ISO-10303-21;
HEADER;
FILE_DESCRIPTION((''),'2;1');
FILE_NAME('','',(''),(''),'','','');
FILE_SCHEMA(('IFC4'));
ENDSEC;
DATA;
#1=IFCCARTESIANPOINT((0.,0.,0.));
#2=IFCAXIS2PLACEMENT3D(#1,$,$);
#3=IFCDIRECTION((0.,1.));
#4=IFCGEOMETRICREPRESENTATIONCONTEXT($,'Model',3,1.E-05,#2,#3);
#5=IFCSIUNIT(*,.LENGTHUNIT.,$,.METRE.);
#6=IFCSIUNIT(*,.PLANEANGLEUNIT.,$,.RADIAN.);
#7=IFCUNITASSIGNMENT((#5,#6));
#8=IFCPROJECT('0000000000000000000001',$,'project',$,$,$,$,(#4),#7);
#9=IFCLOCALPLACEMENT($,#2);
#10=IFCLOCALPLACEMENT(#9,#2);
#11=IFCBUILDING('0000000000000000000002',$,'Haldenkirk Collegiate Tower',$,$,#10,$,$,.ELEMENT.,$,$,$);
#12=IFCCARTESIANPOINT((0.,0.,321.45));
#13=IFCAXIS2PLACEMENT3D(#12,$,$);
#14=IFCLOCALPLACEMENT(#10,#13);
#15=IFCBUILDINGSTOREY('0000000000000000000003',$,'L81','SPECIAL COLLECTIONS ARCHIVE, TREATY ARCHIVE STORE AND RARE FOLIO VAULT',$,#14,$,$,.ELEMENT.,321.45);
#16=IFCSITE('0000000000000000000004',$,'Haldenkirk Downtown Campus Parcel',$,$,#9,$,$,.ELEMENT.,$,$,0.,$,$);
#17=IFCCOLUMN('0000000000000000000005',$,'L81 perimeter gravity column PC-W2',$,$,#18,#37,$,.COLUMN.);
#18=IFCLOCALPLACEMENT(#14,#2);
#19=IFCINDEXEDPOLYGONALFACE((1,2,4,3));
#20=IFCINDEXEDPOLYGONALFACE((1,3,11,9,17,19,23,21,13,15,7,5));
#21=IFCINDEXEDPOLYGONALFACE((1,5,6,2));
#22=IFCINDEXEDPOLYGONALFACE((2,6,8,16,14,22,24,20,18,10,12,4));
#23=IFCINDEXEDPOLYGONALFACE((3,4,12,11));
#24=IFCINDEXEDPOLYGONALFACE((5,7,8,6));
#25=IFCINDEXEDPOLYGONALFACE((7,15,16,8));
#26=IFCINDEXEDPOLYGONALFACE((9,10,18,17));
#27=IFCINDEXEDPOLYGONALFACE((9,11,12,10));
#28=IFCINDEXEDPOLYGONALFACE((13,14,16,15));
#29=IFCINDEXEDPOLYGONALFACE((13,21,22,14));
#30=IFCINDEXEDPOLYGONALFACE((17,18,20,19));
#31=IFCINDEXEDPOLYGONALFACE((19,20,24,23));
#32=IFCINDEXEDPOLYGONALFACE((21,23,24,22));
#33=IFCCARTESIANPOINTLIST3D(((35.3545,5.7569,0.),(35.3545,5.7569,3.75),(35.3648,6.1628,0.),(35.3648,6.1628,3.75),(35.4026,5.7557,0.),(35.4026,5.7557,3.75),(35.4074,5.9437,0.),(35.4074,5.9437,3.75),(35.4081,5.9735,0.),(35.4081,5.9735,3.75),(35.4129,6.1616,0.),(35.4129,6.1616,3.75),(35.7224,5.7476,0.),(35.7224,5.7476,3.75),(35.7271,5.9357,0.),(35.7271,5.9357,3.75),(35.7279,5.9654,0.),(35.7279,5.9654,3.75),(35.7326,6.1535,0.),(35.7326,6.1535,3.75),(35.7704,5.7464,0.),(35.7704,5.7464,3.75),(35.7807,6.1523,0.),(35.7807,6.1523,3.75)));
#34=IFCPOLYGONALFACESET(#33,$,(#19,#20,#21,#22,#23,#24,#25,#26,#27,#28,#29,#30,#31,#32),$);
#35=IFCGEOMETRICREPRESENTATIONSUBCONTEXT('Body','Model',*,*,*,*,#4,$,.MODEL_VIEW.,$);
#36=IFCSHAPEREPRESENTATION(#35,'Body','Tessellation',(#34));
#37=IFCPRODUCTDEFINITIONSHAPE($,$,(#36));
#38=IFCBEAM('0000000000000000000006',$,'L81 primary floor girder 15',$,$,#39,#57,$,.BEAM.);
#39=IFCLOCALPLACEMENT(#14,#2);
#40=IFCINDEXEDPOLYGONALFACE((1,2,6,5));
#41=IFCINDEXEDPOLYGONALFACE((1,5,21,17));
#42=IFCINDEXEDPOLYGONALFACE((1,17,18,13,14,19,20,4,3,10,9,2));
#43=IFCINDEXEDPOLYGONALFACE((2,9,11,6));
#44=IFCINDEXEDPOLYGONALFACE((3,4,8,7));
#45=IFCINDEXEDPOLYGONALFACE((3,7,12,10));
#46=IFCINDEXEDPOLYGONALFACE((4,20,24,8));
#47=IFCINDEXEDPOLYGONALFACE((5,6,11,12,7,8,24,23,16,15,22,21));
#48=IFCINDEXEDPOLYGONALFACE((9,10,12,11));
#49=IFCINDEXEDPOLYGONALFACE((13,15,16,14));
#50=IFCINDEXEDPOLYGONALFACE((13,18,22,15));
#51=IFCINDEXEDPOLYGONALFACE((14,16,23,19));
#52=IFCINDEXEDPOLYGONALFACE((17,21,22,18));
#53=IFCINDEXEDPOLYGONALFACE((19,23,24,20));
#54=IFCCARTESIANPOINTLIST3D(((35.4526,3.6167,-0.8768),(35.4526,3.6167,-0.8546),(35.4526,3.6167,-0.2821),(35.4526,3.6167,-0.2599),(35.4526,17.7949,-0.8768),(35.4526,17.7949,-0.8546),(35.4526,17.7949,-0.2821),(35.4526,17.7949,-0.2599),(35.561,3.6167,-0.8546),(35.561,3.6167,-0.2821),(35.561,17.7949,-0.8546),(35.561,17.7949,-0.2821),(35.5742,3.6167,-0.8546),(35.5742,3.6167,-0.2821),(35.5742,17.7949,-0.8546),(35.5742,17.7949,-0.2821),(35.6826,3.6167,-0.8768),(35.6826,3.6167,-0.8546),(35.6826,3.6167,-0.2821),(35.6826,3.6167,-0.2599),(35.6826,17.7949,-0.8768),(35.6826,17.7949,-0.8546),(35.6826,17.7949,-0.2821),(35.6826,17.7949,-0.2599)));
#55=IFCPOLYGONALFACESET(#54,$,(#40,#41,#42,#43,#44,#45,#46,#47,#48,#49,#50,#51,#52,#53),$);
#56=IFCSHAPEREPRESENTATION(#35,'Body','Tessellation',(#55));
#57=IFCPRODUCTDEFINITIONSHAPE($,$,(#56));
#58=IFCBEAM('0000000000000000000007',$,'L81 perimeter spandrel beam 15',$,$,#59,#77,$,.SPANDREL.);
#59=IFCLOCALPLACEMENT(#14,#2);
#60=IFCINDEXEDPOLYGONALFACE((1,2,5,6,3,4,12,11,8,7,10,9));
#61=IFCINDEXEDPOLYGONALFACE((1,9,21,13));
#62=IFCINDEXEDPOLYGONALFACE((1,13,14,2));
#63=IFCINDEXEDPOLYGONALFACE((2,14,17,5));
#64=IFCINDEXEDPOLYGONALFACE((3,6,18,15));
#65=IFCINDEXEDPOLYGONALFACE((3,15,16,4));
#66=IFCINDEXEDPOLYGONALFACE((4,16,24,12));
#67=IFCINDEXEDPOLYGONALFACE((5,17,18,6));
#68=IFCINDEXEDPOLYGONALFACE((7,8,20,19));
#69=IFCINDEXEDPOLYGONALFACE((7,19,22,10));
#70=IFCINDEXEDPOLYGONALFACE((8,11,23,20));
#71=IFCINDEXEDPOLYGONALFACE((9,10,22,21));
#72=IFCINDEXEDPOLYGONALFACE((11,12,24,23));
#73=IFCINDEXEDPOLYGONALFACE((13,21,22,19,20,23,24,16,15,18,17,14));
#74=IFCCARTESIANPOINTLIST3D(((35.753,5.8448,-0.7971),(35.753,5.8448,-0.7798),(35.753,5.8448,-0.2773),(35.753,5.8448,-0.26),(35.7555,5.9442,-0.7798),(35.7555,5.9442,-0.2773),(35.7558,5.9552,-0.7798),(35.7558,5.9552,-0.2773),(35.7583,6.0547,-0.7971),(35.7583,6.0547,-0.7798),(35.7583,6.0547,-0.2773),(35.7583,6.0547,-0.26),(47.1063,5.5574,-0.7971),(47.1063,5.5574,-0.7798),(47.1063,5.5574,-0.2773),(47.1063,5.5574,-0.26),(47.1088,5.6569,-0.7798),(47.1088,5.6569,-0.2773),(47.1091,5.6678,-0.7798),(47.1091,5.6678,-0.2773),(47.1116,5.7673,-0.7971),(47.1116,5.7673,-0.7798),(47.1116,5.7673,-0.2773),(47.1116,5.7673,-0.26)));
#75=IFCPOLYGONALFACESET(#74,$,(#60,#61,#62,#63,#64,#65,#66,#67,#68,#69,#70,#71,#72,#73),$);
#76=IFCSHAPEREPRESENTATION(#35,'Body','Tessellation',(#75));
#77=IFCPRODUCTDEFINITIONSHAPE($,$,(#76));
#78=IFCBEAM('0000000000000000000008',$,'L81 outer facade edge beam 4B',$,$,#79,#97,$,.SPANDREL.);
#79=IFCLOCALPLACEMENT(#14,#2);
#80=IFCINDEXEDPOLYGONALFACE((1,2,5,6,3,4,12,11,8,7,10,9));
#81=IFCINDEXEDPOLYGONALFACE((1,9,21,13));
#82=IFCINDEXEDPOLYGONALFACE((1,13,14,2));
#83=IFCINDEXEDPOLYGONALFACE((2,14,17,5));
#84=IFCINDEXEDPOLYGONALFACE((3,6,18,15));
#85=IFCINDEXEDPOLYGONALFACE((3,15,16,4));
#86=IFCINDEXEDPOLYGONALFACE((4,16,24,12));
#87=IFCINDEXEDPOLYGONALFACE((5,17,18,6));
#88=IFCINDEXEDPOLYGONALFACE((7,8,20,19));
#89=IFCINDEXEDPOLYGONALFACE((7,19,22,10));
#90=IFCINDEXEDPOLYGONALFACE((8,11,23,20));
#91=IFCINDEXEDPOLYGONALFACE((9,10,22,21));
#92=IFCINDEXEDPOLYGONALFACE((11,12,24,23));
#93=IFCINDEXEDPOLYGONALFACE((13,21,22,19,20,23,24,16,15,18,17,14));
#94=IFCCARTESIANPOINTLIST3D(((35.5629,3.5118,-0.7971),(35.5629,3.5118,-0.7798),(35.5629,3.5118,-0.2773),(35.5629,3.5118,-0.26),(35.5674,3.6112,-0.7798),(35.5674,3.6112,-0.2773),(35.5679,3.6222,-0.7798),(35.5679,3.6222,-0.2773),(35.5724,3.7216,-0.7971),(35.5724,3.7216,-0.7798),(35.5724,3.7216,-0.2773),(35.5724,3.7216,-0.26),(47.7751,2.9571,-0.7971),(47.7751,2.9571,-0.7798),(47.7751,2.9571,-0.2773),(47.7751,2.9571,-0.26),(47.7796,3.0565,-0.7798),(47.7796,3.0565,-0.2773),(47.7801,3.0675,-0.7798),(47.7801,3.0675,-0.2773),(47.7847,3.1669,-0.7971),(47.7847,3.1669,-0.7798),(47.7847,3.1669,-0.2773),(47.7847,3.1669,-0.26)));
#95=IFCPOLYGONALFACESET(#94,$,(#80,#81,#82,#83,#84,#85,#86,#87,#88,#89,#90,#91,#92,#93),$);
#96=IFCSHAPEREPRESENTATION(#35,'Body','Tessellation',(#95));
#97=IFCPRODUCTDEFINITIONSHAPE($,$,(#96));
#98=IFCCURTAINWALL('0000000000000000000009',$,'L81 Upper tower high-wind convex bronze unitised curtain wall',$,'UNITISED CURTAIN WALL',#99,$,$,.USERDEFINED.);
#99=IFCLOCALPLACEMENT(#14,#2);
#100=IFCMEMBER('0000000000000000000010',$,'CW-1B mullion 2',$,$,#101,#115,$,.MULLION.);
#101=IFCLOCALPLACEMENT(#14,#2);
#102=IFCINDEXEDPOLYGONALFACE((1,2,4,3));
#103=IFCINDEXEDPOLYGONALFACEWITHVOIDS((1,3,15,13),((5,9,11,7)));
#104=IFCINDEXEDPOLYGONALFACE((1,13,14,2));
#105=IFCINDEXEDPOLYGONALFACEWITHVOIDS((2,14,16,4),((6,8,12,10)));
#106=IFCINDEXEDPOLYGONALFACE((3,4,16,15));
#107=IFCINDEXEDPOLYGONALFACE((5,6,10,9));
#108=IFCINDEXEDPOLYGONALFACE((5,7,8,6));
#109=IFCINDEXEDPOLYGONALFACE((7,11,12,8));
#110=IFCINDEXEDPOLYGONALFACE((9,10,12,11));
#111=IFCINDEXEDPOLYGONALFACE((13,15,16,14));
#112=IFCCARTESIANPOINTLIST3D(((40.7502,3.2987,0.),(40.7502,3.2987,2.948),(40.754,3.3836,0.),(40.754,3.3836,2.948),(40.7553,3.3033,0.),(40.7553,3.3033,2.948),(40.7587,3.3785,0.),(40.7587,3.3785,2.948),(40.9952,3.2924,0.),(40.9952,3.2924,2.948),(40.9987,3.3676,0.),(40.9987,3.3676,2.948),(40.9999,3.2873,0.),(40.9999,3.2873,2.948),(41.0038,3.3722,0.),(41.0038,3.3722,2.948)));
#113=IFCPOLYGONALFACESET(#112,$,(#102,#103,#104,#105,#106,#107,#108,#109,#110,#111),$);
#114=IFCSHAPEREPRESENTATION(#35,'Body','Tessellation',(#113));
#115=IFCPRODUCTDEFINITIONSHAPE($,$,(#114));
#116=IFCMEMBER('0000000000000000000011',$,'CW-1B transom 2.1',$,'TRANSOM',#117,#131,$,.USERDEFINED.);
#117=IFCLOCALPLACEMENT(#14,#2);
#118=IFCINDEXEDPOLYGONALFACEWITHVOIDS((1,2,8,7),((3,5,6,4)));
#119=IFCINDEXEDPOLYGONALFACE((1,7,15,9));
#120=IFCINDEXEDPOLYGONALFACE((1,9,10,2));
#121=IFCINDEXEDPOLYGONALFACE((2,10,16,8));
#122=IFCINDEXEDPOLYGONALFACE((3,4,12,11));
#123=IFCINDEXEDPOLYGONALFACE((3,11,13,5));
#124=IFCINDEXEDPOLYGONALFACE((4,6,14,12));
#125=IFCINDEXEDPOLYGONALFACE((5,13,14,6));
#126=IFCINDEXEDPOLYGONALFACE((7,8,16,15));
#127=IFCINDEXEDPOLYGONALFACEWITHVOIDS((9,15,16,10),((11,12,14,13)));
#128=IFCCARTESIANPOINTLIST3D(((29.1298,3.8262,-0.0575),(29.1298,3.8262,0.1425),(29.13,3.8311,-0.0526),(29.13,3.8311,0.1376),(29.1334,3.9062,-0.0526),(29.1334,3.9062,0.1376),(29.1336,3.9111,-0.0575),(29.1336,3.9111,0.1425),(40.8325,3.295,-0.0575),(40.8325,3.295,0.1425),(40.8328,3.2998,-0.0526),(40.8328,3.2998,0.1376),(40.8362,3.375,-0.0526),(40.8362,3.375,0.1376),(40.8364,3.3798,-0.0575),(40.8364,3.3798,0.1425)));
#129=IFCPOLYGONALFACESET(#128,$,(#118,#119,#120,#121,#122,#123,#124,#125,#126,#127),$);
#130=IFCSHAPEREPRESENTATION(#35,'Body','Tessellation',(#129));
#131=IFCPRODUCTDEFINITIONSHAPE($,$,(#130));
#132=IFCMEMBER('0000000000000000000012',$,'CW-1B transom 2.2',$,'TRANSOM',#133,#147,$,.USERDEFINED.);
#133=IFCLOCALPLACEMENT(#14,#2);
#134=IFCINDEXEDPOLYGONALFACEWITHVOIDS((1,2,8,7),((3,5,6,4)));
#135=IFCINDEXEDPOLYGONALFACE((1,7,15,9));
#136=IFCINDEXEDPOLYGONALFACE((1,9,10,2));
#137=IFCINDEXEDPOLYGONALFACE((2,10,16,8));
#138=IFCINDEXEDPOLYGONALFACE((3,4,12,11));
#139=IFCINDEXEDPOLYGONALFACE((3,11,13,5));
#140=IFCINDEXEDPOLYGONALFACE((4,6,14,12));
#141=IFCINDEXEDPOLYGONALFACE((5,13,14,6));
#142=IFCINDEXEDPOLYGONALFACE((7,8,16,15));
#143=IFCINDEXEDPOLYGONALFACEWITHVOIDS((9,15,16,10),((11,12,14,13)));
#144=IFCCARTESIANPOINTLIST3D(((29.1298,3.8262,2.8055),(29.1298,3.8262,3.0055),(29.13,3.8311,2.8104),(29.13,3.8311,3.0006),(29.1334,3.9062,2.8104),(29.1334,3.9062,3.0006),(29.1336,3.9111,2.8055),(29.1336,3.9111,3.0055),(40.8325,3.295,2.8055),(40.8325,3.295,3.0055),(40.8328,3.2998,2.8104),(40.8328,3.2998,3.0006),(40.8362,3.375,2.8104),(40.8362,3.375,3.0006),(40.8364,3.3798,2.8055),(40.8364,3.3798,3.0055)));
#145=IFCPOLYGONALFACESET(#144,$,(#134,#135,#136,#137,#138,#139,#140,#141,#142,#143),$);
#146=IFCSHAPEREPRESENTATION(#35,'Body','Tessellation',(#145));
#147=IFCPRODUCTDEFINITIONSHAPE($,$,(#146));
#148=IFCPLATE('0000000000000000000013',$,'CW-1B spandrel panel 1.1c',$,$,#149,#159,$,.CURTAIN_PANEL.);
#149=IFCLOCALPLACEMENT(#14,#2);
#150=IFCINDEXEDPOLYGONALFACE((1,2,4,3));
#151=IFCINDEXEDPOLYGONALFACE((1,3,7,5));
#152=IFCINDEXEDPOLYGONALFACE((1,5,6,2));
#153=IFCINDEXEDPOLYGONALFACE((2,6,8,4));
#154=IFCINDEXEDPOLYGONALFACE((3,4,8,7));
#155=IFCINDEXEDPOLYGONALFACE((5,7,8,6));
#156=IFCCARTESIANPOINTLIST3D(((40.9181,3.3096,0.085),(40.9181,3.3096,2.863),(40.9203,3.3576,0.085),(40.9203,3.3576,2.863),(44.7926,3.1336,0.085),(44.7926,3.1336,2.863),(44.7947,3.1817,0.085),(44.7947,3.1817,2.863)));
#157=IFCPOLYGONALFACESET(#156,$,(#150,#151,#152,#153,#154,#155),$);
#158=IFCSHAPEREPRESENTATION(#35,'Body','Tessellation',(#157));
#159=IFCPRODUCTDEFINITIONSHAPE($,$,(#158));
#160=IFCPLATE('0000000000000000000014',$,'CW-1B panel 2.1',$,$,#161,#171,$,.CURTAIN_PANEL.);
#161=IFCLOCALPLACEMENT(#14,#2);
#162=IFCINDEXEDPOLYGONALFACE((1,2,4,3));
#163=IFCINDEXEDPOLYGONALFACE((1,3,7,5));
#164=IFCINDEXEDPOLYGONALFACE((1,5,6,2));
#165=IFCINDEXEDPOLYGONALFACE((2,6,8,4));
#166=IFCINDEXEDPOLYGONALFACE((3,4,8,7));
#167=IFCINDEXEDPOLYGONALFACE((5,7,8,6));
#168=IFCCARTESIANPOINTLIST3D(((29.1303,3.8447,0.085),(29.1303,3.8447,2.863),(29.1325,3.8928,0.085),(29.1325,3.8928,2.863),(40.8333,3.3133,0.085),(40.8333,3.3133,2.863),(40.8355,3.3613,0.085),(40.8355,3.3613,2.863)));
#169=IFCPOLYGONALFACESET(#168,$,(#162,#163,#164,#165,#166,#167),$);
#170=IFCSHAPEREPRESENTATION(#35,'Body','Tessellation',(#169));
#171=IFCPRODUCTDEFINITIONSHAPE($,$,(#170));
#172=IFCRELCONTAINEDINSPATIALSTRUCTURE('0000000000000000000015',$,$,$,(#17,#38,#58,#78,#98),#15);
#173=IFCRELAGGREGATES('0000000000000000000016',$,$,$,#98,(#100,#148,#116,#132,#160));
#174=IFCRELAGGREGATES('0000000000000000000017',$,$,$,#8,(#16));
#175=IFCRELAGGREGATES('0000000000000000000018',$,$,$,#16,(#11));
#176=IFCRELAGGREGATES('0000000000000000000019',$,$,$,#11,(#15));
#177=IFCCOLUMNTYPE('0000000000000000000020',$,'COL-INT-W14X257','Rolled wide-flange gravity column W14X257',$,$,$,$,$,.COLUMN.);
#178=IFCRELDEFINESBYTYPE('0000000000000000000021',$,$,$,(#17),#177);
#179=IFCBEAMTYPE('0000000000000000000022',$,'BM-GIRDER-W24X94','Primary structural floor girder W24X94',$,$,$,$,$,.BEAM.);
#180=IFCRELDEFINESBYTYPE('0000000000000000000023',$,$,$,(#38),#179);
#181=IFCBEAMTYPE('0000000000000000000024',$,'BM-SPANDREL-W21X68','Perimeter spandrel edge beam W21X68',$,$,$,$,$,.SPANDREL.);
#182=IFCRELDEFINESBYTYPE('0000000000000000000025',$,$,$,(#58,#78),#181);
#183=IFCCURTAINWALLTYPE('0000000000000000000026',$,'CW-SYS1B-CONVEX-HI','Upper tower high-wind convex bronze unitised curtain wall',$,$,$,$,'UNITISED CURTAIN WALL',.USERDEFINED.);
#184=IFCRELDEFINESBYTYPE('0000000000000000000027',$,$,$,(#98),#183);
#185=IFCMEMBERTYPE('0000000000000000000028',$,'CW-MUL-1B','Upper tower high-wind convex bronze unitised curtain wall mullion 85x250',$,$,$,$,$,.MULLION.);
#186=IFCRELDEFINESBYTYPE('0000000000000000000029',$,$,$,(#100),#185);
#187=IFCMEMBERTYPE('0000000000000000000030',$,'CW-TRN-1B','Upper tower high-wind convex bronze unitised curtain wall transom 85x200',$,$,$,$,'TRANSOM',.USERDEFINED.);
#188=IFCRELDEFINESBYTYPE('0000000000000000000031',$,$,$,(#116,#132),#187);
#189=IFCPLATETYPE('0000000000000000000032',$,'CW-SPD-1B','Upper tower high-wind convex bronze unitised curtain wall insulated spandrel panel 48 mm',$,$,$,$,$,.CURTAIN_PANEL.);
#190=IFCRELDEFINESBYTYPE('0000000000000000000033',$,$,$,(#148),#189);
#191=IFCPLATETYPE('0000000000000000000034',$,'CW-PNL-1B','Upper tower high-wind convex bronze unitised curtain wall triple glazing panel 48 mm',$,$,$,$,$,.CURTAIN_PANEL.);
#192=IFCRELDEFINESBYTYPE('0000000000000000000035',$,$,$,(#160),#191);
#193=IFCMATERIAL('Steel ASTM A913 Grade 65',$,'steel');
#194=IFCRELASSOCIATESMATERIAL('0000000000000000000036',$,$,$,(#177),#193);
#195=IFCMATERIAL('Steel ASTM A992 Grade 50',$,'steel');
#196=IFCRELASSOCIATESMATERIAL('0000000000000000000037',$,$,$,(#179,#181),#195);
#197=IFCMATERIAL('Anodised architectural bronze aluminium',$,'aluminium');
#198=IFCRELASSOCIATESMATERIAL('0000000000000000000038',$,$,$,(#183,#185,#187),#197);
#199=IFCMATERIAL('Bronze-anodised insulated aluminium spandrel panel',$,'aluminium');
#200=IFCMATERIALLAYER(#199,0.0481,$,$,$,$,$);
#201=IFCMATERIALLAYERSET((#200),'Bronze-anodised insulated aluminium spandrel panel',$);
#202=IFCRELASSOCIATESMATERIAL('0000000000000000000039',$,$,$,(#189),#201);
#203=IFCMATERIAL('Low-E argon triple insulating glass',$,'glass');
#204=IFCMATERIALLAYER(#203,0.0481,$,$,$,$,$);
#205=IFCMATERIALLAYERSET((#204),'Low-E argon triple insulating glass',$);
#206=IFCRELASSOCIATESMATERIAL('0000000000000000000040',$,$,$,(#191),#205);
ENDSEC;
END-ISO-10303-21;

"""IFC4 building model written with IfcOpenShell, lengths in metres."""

from ifc_helpers import new_model, si_unit, direction, frame, origin, origin_2d, place, context, subcontext, project, spatial, rectangle, hollow_rectangle, i_section, extrude, source, transform, mapped, material, layer, layer_set, material_profile, profile_set, type_object, element, aggregate, save


model = new_model("IFC4")

# Units and contexts
model_context = context("Model", 3, precision=1e-05, world=origin(), true_north=direction((0.0, 1.0)))
body_context = subcontext(model_context, "Body", "Model", "MODEL_VIEW")
ifc_project = project(units=[si_unit("LENGTHUNIT", "METRE"), si_unit("PLANEANGLEUNIT", "RADIAN")], contexts=[model_context])

# Site, building, storey
site_placement = place(None, origin())
site = spatial("IfcSite", under=ifc_project, at=site_placement, Name="Haldenkirk Downtown Campus Parcel", CompositionType="ELEMENT", RefElevation=0.0)
building_placement = place(site_placement, origin())
building = spatial("IfcBuilding", under=site, at=building_placement, Name="Haldenkirk Collegiate Tower", CompositionType="ELEMENT")
storey_placement = place(building_placement, frame((0.0, 0.0, 321.45)))
storey = spatial("IfcBuildingStorey", under=building, at=storey_placement, Name="L81", Description="SPECIAL COLLECTIONS ARCHIVE, TREATY ARCHIVE STORE AND RARE FOLIO VAULT", CompositionType="ELEMENT", Elevation=321.45)

# Column
ifc_material_1 = material(Name="Steel ASTM A913 Grade 65", Category="steel")
ifc_material_profile_1 = material_profile(ifc_material_1, i_section(OverallWidth=0.406, OverallDepth=0.416, WebThickness=0.0298, FlangeThickness=0.0481, at=origin_2d()), Name="W14X257")
ifc_profile_set_1 = profile_set([ifc_material_profile_1], Name="Steel ASTM A913 Grade 65")
column_type = type_object("IfcColumnType", Name="COL-INT-W14X257", Description="Rolled wide-flange gravity column W14X257", PredefinedType="COLUMN", material=ifc_profile_set_1)
column_placement = place(storey_placement, frame((35.5676, 5.9546, 0.0), z_axis=(0.0, 0.0, 1.0), x_axis=(0.025305, 0.99968, 0.0)))
element("IfcColumn", 1, at=column_placement, inside=storey, type_object=column_type, Name="L81 perimeter gravity column PC-W2", PredefinedType="COLUMN", context=body_context, shape_type="SweptSolid", body=[
    extrude(i_section(OverallWidth=0.406, OverallDepth=0.416, WebThickness=0.0298, FlangeThickness=0.0481, at=origin_2d()), origin(), (0.0, 0.0, 1.0), 3.75),
])

# Beams
ifc_material_2 = material(Name="Steel ASTM A992 Grade 50", Category="steel")
ifc_material_profile_2 = material_profile(ifc_material_2, i_section(OverallWidth=0.23, OverallDepth=0.6169, WebThickness=0.0132, FlangeThickness=0.0222, at=origin_2d()), Name="W24X94")
ifc_profile_set_2 = profile_set([ifc_material_profile_2], Name="Steel ASTM A992 Grade 50")
beam_type_1 = type_object("IfcBeamType", Name="BM-GIRDER-W24X94", Description="Primary structural floor girder W24X94", PredefinedType="BEAM", material=ifc_profile_set_2)
beam_1_placement = place(storey_placement, frame((35.5676, 3.6167, -0.5684), z_axis=(0.0, 1.0, 0.0), x_axis=(-1.0, 0.0, 0.0)))
element("IfcBeam", 2, at=beam_1_placement, inside=storey, type_object=beam_type_1, Name="L81 primary floor girder 15", PredefinedType="BEAM", context=body_context, shape_type="SweptSolid", body=[
    extrude(i_section(OverallWidth=0.23, OverallDepth=0.6169, WebThickness=0.0132, FlangeThickness=0.0222, at=origin_2d()), origin(), (0.0, 0.0, 1.0), 14.1782),
])
ifc_material_profile_3 = material_profile(ifc_material_2, i_section(OverallWidth=0.21, OverallDepth=0.5371, WebThickness=0.011, FlangeThickness=0.0173, at=origin_2d()), Name="W21X68")
ifc_profile_set_3 = profile_set([ifc_material_profile_3], Name="Steel ASTM A992 Grade 50")
beam_type_2 = type_object("IfcBeamType", Name="BM-SPANDREL-W21X68", Description="Perimeter spandrel edge beam W21X68", PredefinedType="SPANDREL", material=ifc_profile_set_3)
beam_2_placement = place(storey_placement, frame((35.7556, 5.9497, -0.5286), z_axis=(0.99968, -0.025302, 0.0), x_axis=(0.025302, 0.99968, 0.0)))
element("IfcBeam", 3, at=beam_2_placement, inside=storey, type_object=beam_type_2, Name="L81 perimeter spandrel beam 15", PredefinedType="SPANDREL", context=body_context, shape_type="SweptSolid", body=[
    extrude(i_section(OverallWidth=0.21, OverallDepth=0.5371, WebThickness=0.011, FlangeThickness=0.0173, at=origin_2d()), origin(), (0.0, 0.0, 1.0), 11.3569),
])
beam_3_placement = place(storey_placement, frame((35.5676, 3.6167, -0.5286), z_axis=(0.99897, -0.045374, 0.0), x_axis=(0.045374, 0.99897, 0.0)))
element("IfcBeam", 4, at=beam_3_placement, inside=storey, type_object=beam_type_2, Name="L81 outer facade edge beam 4B", PredefinedType="SPANDREL", context=body_context, shape_type="SweptSolid", body=[
    extrude(i_section(OverallWidth=0.21, OverallDepth=0.5371, WebThickness=0.011, FlangeThickness=0.0173, at=origin_2d()), origin(), (0.0, 0.0, 1.0), 12.2249),
])

# Curtain wall, members, plates
ifc_material_3 = material(Name="Anodised architectural bronze aluminium", Category="aluminium")
curtain_wall_type = type_object("IfcCurtainWallType", Name="CW-SYS1B-CONVEX-HI", Description="Upper tower high-wind convex bronze unitised curtain wall", ElementType="UNITISED CURTAIN WALL", PredefinedType="USERDEFINED", material=ifc_material_3)
curtain_wall_placement = place(storey_placement, origin())
curtain_wall = element("IfcCurtainWall", 5, at=curtain_wall_placement, inside=storey, type_object=curtain_wall_type, Name="L81 Upper tower high-wind convex bronze unitised curtain wall", ObjectType="UNITISED CURTAIN WALL", PredefinedType="USERDEFINED")
ifc_material_profile_4 = material_profile(ifc_material_3, hollow_rectangle(XDim=0.085, YDim=0.25, WallThickness=0.0049, at=origin_2d()), Name="CW-MUL-1B")
ifc_profile_set_4 = profile_set([ifc_material_profile_4], Name="Anodised architectural bronze aluminium")
member_type_1 = type_object("IfcMemberType", Name="CW-MUL-1B", Description="Upper tower high-wind convex bronze unitised curtain wall mullion 85x250", PredefinedType="MULLION", material=ifc_profile_set_4)
member_1_placement = place(storey_placement, frame((40.877, 3.3354, 0.0), z_axis=(0.0, 0.0, 1.0), x_axis=(-0.045364, -0.998971, 0.0)))
member_1 = element("IfcMember", 6, at=member_1_placement, type_object=member_type_1, Name="CW-1B mullion 2", PredefinedType="MULLION", context=body_context, shape_type="SweptSolid", body=[
    extrude(hollow_rectangle(XDim=0.085, YDim=0.25, WallThickness=0.0049, at=origin_2d()), origin(), (0.0, 0.0, 1.0), 2.948),
])
ifc_material_profile_5 = material_profile(ifc_material_3, hollow_rectangle(XDim=0.085, YDim=0.2, WallThickness=0.0049, at=origin_2d()), Name="CW-TRN-1B")
ifc_profile_set_5 = profile_set([ifc_material_profile_5], Name="Anodised architectural bronze aluminium")
member_type_2 = type_object("IfcMemberType", Name="CW-TRN-1B", Description="Upper tower high-wind convex bronze unitised curtain wall transom 85x200", ElementType="TRANSOM", PredefinedType="USERDEFINED", material=ifc_profile_set_5)
member_2_placement = place(storey_placement, frame((40.8345, 3.3374, 0.0425), z_axis=(-0.998971, 0.045348, 0.0), x_axis=(-0.045348, -0.998971, 0.0)))
member_2 = element("IfcMember", 7, at=member_2_placement, type_object=member_type_2, Name="CW-1B transom 2.1", ObjectType="TRANSOM", PredefinedType="USERDEFINED", context=body_context, shape_type="SweptSolid", body=[
    extrude(hollow_rectangle(XDim=0.085, YDim=0.2, WallThickness=0.0049, at=origin_2d()), origin(), (0.0, 0.0, 1.0), 11.7148),
])
member_3_placement = place(storey_placement, frame((40.8345, 3.3374, 2.9055), z_axis=(-0.998971, 0.045348, 0.0), x_axis=(-0.045348, -0.998971, 0.0)))
member_3 = element("IfcMember", 8, at=member_3_placement, type_object=member_type_2, Name="CW-1B transom 2.2", ObjectType="TRANSOM", PredefinedType="USERDEFINED", context=body_context, shape_type="SweptSolid", body=[
    extrude(hollow_rectangle(XDim=0.085, YDim=0.2, WallThickness=0.0049, at=origin_2d()), origin(), (0.0, 0.0, 1.0), 11.7148),
])
ifc_material_4 = material(Name="Bronze-anodised insulated aluminium spandrel panel", Category="aluminium")
ifc_layer_1 = layer(ifc_material_4, 0.0481)
ifc_layer_set_1 = layer_set([ifc_layer_1], Name="Bronze-anodised insulated aluminium spandrel panel")
plate_type_1 = type_object("IfcPlateType", Name="CW-SPD-1B", Description="Upper tower high-wind convex bronze unitised curtain wall insulated spandrel panel 48 mm", PredefinedType="CURTAIN_PANEL", material=ifc_layer_set_1)
shared_shape_1 = source(origin(), body_context, "Body", "SweptSolid", [
    extrude(rectangle(XDim=3.8784, YDim=0.0481, at=origin_2d()), origin(), (0.0, 0.0, 1.0), 2.7781),
])
plate_1_placement = place(storey_placement, frame((42.8564, 3.2456, 0.085), z_axis=(0.0, 0.0, 1.0), x_axis=(-0.998971, 0.045364, 0.0)))
plate_1 = element("IfcPlate", 9, at=plate_1_placement, type_object=plate_type_1, Name="CW-1B spandrel panel 1.1c", PredefinedType="CURTAIN_PANEL", context=body_context, shape_type="MappedRepresentation", body=[
    mapped(shared_shape_1, transform((0.0, 0.0, 0.0), x_axis=(1.0, 0.0, 0.0), y_axis=(0.0, 1.0, 0.0), z_axis=(0.0, 0.0, 1.0), scale=1.0)),
])
ifc_material_5 = material(Name="Low-E argon triple insulating glass", Category="glass")
ifc_layer_2 = layer(ifc_material_5, 0.0481)
ifc_layer_set_2 = layer_set([ifc_layer_2], Name="Low-E argon triple insulating glass")
plate_type_2 = type_object("IfcPlateType", Name="CW-PNL-1B", Description="Upper tower high-wind convex bronze unitised curtain wall triple glazing panel 48 mm", PredefinedType="CURTAIN_PANEL", material=ifc_layer_set_2)
shared_shape_2 = source(origin(), body_context, "Body", "SweptSolid", [
    extrude(rectangle(XDim=11.7151, YDim=0.0481, at=origin_2d()), origin(), (0.0, 0.0, 1.0), 2.7781),
])
plate_2_placement = place(storey_placement, frame((34.9829, 3.603, 0.085), z_axis=(0.0, 0.0, 1.0), x_axis=(-0.998971, 0.045364, 0.0)))
plate_2 = element("IfcPlate", 10, at=plate_2_placement, type_object=plate_type_2, Name="CW-1B panel 2.1", PredefinedType="CURTAIN_PANEL", context=body_context, shape_type="MappedRepresentation", body=[
    mapped(shared_shape_2, transform((0.0, 0.0, 0.0), x_axis=(1.0, 0.0, 0.0), y_axis=(0.0, 1.0, 0.0), z_axis=(0.0, 0.0, 1.0), scale=1.0)),
])
aggregate(curtain_wall, [member_1, plate_1, member_2, member_3, plate_2])

save(model, "model.ifc")
